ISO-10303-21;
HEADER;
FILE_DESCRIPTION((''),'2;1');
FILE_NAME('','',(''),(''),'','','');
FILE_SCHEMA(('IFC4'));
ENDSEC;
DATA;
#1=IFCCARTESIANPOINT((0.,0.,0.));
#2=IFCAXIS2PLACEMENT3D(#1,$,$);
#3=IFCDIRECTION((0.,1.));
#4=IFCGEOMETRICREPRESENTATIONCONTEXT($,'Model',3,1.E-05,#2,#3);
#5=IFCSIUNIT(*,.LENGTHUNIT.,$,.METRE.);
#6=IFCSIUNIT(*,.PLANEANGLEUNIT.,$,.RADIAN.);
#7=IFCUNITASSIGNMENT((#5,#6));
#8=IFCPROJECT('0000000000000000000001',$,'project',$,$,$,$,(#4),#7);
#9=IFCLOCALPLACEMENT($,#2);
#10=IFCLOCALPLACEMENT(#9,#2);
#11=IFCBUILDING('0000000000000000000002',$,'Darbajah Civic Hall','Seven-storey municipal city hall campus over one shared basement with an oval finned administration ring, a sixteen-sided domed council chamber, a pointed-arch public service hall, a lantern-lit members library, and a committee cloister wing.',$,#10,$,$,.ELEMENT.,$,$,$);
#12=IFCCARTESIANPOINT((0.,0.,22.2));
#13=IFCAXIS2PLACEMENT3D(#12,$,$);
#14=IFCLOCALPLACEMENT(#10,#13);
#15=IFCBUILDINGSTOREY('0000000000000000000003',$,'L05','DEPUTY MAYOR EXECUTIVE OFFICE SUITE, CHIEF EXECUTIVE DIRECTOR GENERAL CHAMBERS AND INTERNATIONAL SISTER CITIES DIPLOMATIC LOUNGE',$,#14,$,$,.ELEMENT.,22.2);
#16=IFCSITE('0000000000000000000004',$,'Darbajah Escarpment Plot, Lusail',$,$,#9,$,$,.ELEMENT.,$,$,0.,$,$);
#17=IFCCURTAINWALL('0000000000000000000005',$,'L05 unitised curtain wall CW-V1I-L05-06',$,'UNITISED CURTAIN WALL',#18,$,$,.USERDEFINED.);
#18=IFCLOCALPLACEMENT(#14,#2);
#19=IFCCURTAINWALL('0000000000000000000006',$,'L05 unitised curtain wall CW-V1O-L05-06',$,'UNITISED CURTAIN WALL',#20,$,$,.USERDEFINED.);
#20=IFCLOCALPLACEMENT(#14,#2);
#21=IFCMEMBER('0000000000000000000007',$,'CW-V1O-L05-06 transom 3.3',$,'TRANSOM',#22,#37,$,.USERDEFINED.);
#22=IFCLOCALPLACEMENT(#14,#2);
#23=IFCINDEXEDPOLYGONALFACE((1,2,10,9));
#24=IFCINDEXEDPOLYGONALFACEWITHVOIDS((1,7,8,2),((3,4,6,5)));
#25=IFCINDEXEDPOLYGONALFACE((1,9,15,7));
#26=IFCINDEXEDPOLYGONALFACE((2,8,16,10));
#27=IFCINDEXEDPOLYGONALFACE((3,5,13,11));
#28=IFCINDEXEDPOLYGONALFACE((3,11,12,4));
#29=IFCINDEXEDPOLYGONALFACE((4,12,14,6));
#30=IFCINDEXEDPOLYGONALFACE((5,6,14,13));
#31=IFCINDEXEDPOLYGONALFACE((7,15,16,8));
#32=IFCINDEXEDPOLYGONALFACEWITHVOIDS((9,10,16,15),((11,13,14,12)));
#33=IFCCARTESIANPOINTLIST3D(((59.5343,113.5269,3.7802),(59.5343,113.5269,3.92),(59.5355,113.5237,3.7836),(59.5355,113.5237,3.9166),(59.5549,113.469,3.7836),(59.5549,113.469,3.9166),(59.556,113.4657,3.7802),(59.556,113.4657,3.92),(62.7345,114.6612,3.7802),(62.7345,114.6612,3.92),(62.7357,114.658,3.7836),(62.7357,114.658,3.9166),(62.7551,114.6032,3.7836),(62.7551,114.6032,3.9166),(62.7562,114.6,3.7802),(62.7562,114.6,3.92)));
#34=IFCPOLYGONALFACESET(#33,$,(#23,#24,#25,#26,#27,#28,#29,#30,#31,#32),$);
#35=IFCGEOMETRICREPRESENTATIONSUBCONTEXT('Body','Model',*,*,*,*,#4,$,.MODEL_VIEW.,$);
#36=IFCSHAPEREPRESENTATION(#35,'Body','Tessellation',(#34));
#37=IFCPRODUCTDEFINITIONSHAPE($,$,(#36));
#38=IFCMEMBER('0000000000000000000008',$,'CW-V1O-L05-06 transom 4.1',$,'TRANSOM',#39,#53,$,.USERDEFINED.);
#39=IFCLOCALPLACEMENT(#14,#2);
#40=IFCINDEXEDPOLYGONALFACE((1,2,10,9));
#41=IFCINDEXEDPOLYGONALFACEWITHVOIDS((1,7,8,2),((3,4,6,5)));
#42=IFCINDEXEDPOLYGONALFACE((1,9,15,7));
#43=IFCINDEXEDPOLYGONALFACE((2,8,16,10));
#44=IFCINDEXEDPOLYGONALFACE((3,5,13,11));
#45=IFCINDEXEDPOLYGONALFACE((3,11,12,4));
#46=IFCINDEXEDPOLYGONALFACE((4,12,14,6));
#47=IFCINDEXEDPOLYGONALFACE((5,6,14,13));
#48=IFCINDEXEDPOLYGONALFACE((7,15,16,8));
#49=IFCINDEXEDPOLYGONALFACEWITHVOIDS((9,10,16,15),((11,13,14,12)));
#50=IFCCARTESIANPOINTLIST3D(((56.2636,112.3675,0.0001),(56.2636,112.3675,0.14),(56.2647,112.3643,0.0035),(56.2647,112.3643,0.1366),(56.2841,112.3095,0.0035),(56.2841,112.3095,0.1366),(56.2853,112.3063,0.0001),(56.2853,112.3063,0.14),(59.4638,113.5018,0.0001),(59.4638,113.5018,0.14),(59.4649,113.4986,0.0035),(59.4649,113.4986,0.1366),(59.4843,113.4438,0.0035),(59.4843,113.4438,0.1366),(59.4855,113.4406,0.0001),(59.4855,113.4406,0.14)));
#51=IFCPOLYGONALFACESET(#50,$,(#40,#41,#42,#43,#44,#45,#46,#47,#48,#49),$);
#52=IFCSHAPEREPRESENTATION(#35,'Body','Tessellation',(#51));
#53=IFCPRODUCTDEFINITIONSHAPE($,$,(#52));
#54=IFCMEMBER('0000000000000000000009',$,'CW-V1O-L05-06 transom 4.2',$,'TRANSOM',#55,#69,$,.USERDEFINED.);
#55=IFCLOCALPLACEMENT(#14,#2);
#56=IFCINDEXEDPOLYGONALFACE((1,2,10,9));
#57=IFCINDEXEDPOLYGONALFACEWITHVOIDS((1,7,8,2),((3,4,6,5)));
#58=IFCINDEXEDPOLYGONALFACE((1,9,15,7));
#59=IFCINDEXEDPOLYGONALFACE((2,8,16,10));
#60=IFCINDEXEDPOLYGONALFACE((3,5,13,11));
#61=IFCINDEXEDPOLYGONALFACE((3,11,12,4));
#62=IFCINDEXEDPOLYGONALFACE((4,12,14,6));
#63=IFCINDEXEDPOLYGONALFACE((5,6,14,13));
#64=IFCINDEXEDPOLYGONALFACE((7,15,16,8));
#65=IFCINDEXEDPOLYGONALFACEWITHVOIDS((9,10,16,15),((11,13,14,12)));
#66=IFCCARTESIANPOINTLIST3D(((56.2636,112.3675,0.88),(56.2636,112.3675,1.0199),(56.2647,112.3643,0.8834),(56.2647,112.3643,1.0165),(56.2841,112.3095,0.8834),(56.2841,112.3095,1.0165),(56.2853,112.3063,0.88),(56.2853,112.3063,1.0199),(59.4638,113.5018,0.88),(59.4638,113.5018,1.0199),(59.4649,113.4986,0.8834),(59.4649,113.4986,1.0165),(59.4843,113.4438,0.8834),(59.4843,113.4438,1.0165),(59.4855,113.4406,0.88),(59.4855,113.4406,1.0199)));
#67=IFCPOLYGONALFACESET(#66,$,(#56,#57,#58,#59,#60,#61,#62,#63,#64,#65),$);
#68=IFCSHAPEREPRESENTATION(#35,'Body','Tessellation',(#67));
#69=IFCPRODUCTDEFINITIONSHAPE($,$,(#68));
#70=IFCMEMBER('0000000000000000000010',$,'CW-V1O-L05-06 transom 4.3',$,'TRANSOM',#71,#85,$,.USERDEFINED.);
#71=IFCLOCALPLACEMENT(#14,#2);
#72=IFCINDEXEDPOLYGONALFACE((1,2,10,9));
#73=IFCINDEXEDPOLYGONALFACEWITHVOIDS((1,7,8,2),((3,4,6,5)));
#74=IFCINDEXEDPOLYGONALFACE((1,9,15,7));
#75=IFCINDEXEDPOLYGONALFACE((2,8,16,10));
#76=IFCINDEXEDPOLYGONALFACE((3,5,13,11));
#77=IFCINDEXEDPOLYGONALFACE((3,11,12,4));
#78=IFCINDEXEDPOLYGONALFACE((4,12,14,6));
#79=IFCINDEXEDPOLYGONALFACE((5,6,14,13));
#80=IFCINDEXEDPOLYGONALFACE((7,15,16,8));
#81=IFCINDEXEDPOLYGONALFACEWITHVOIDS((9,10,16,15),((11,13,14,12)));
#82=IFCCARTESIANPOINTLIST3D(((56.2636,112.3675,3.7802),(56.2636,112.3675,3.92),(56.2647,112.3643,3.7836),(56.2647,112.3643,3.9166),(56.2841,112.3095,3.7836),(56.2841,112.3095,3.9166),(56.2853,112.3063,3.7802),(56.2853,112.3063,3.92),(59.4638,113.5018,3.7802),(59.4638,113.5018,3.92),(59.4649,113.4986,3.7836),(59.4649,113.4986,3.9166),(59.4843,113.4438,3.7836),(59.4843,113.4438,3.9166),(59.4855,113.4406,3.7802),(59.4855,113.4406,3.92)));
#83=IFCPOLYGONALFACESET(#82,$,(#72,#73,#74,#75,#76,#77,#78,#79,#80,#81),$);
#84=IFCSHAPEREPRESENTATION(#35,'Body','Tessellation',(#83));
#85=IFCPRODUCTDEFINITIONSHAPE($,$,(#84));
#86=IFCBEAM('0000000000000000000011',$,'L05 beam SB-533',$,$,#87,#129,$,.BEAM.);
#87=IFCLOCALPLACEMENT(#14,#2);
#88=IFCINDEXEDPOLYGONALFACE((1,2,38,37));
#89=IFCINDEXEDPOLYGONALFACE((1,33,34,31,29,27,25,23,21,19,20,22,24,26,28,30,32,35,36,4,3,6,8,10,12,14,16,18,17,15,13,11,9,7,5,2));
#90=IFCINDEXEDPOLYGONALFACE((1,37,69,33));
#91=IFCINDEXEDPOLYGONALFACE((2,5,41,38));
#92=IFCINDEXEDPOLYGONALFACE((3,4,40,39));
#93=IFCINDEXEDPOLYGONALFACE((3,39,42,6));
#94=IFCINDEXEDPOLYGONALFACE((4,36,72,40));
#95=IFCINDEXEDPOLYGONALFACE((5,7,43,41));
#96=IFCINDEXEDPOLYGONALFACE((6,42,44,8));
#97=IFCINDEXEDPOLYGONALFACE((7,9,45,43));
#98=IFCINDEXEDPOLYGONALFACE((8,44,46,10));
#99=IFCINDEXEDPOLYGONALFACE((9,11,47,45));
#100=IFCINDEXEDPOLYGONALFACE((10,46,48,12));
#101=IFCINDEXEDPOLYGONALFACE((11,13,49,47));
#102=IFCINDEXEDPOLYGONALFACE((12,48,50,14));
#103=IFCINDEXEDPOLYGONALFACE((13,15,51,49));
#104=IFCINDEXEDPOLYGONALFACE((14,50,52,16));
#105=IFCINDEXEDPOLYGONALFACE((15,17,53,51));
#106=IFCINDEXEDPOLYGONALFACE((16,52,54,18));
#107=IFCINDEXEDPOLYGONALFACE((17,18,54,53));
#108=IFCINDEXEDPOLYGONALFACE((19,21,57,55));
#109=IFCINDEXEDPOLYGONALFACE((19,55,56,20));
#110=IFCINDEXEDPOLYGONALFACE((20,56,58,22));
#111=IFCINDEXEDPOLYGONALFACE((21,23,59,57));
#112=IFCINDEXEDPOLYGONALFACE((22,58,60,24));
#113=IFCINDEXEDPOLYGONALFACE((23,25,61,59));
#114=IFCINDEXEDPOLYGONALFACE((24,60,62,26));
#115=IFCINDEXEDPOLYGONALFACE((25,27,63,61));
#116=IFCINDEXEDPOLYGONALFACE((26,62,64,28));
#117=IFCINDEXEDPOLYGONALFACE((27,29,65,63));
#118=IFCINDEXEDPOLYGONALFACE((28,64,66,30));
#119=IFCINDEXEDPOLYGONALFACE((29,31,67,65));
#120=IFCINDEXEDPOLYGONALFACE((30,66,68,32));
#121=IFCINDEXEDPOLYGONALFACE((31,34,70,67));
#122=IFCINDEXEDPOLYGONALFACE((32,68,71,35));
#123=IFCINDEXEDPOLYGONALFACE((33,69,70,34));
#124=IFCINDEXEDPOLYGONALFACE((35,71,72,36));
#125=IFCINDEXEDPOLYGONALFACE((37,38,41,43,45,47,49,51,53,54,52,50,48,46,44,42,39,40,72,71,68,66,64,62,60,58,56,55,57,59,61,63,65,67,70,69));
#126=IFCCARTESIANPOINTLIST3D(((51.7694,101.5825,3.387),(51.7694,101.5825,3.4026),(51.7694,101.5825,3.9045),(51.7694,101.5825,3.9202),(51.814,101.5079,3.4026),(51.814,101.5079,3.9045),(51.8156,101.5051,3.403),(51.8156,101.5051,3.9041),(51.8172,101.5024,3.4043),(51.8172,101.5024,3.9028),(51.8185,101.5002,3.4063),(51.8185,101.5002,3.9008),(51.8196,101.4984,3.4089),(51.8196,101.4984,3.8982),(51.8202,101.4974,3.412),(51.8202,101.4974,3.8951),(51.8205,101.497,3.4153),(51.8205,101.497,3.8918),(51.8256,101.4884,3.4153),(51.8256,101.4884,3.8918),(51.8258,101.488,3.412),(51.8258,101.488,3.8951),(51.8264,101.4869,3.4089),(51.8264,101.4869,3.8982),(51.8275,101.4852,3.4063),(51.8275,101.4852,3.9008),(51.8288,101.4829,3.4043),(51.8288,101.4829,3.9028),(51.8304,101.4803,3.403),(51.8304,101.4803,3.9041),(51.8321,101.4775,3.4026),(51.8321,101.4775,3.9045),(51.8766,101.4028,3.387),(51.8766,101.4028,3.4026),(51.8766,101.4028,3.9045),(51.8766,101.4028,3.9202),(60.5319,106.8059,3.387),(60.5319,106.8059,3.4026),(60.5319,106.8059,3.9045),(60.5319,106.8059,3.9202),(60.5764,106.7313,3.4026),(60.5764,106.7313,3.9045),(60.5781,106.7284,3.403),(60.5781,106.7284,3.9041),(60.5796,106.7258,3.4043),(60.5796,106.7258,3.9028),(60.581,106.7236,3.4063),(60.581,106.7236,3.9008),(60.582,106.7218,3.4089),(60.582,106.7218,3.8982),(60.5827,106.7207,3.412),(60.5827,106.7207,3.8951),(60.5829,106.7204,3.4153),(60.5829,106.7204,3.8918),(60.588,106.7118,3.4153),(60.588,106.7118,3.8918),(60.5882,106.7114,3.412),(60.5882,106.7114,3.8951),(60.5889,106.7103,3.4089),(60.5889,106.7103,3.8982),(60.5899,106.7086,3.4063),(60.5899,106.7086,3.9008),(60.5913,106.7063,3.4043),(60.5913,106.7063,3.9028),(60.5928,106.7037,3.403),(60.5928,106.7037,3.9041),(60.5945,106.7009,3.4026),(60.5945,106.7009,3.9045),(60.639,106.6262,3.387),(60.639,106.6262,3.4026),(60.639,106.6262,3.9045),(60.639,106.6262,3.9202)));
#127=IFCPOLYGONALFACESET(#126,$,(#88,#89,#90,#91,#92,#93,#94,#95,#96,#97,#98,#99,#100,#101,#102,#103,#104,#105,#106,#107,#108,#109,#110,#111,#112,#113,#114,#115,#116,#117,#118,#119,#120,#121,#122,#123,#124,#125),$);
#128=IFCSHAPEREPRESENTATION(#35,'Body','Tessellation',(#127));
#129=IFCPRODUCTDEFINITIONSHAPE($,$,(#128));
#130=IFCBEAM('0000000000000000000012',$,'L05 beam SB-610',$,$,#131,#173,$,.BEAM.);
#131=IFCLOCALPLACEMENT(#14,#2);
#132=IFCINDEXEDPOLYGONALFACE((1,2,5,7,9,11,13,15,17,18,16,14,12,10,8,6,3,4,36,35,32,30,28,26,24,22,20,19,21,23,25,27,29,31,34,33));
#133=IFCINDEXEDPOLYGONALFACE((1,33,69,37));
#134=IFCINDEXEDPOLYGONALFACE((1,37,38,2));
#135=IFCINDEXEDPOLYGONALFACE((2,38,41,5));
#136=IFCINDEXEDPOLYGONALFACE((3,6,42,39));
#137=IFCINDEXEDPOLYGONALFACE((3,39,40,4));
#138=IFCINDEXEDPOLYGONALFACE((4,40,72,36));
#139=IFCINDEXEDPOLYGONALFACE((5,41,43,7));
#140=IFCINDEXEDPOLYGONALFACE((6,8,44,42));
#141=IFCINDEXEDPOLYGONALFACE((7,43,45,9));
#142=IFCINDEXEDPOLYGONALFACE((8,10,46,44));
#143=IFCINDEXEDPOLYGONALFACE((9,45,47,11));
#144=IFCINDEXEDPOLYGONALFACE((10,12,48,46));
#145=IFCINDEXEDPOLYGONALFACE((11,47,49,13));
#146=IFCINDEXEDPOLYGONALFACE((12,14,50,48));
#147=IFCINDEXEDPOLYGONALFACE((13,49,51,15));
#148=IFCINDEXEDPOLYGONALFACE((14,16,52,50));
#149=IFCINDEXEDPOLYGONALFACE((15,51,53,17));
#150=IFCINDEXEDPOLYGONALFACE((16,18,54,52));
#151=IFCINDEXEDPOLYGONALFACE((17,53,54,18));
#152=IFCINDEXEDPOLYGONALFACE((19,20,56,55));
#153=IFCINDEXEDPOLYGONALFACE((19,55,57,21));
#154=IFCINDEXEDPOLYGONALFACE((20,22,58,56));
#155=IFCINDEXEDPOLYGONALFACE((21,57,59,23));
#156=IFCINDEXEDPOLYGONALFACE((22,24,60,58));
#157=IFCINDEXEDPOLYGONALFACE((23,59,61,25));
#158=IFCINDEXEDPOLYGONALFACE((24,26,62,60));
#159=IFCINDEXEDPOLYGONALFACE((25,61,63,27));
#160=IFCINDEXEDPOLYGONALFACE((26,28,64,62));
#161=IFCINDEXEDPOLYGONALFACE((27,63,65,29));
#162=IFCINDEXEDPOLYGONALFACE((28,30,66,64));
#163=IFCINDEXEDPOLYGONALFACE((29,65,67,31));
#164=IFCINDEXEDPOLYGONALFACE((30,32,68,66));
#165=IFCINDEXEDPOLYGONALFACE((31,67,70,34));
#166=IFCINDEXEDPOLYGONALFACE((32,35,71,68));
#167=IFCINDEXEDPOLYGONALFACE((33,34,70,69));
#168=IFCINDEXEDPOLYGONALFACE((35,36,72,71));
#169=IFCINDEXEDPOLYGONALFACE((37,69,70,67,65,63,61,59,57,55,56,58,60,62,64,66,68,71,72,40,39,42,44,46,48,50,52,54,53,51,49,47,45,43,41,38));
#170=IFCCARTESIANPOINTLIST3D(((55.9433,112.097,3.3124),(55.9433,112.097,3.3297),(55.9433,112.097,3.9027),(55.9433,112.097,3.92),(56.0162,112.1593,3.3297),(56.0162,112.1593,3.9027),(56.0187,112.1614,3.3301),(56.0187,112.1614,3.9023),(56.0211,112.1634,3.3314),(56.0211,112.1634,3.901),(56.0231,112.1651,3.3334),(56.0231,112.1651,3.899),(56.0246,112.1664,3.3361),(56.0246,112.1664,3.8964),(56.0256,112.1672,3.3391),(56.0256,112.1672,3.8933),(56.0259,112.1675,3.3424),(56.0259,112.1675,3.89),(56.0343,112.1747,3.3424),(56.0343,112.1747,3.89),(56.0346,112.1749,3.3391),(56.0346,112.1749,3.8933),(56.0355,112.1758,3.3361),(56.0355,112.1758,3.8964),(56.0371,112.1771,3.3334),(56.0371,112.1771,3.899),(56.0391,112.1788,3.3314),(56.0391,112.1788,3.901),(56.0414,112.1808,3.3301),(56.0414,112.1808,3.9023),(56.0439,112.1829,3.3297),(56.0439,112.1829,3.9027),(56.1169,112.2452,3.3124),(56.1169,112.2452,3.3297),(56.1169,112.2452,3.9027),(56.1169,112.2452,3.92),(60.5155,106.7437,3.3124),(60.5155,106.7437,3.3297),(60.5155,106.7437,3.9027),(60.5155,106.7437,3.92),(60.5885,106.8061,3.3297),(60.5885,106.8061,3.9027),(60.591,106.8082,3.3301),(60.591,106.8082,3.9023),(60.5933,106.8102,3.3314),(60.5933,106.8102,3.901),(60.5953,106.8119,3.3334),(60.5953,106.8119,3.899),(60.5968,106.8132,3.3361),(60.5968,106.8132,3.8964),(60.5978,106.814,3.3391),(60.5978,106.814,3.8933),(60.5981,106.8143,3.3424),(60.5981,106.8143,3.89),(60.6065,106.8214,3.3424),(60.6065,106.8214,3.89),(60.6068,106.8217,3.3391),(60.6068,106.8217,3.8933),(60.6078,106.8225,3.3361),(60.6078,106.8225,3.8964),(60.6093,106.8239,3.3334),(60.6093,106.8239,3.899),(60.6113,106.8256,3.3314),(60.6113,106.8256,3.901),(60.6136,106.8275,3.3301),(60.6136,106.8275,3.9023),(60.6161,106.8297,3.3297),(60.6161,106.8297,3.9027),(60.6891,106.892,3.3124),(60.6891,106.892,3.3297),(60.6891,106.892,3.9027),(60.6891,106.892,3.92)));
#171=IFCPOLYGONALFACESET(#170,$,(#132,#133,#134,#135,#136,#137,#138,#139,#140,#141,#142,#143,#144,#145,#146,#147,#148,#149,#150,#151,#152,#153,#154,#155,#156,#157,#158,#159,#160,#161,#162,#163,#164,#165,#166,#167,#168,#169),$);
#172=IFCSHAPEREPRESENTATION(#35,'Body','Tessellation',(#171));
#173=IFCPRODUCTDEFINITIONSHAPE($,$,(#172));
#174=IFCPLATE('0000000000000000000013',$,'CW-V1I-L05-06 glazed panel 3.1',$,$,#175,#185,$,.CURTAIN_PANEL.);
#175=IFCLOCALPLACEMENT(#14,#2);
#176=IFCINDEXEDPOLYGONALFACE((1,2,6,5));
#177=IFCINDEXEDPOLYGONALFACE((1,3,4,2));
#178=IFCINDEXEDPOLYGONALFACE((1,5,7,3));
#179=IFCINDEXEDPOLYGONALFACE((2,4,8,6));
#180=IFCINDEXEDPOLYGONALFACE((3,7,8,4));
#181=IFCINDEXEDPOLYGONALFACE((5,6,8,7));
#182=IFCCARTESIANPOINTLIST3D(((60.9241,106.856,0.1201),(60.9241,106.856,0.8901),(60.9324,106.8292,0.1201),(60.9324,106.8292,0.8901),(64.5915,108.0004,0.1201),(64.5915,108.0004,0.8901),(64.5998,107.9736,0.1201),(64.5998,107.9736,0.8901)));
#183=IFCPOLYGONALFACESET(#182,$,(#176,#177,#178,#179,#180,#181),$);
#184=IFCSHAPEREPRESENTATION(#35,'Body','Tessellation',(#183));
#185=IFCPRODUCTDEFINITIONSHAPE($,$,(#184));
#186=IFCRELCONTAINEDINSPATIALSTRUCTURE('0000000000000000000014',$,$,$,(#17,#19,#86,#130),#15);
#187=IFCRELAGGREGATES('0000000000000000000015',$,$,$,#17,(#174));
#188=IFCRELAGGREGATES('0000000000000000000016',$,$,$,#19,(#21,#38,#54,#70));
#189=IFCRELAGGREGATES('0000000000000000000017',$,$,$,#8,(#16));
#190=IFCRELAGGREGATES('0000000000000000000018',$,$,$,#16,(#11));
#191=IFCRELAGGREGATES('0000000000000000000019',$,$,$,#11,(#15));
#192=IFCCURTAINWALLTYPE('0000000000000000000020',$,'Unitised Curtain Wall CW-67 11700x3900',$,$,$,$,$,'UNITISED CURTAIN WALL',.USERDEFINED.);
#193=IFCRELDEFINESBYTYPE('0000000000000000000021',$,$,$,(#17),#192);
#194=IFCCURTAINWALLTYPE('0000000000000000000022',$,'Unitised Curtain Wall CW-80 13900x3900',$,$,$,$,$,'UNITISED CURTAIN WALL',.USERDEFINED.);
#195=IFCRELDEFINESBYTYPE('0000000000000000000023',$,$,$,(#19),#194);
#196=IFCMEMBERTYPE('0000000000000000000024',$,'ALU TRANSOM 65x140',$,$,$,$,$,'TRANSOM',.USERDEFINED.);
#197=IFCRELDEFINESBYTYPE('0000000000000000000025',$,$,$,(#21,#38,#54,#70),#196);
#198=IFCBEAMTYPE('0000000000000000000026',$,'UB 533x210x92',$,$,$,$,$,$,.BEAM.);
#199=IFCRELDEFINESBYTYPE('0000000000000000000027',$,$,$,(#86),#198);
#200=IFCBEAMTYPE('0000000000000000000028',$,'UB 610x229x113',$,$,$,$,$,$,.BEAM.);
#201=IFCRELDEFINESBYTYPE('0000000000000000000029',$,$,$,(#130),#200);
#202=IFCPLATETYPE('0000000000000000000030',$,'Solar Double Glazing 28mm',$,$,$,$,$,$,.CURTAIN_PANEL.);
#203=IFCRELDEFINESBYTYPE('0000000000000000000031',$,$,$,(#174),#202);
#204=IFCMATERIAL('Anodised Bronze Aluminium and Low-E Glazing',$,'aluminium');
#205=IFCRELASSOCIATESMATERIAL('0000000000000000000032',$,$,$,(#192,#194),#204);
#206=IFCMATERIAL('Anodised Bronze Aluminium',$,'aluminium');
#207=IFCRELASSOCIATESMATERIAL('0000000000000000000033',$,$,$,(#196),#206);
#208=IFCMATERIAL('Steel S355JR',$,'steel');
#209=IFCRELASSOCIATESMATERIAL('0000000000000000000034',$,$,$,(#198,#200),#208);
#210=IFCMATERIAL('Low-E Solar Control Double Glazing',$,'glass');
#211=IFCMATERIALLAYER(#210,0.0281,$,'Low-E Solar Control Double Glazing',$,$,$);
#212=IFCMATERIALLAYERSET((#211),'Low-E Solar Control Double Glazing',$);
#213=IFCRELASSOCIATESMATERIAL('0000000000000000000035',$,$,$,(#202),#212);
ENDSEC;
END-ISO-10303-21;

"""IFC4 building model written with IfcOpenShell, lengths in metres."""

from ifc_helpers import new_model, si_unit, direction, frame, origin, origin_2d, place, context, subcontext, project, spatial, rectangle, hollow_rectangle, i_section, extrude, material, layer, layer_set, material_profile, profile_set, type_object, element, aggregate, save


model = new_model("IFC4")

# Units and contexts
model_context = context("Model", 3, precision=1e-05, world=origin(), true_north=direction((0.0, 1.0)))
body_context = subcontext(model_context, "Body", "Model", "MODEL_VIEW")
ifc_project = project(units=[si_unit("LENGTHUNIT", "METRE"), si_unit("PLANEANGLEUNIT", "RADIAN")], contexts=[model_context])

# Site, building, storey
site_placement = place(None, origin())
site = spatial("IfcSite", under=ifc_project, at=site_placement, Name="Darbajah Escarpment Plot, Lusail", CompositionType="ELEMENT", RefElevation=0.0)
building_placement = place(site_placement, origin())
building = spatial("IfcBuilding", under=site, at=building_placement, Name="Darbajah Civic Hall", Description="Seven-storey municipal city hall campus over one shared basement with an oval finned administration ring, a sixteen-sided domed council chamber, a pointed-arch public service hall, a lantern-lit members library, and a committee cloister wing.", CompositionType="ELEMENT")
storey_placement = place(building_placement, frame((0.0, 0.0, 22.2)))
storey = spatial("IfcBuildingStorey", under=building, at=storey_placement, Name="L05", Description="DEPUTY MAYOR EXECUTIVE OFFICE SUITE, CHIEF EXECUTIVE DIRECTOR GENERAL CHAMBERS AND INTERNATIONAL SISTER CITIES DIPLOMATIC LOUNGE", CompositionType="ELEMENT", Elevation=22.2)

# Curtain walls
ifc_material_1 = material(Name="Anodised Bronze Aluminium and Low-E Glazing", Category="aluminium")
curtain_wall_type_1 = type_object("IfcCurtainWallType", Name="Unitised Curtain Wall CW-67 11700x3900", ElementType="UNITISED CURTAIN WALL", PredefinedType="USERDEFINED", material=ifc_material_1)
curtain_wall_1_placement = place(storey_placement, origin())
curtain_wall_1 = element("IfcCurtainWall", 1, at=curtain_wall_1_placement, inside=storey, type_object=curtain_wall_type_1, Name="L05 unitised curtain wall CW-V1I-L05-06", ObjectType="UNITISED CURTAIN WALL", PredefinedType="USERDEFINED")
ifc_material_2 = material(Name="Anodised Bronze Aluminium", Category="aluminium")
curtain_wall_type_2 = type_object("IfcCurtainWallType", Name="Unitised Curtain Wall CW-80 13900x3900", ElementType="UNITISED CURTAIN WALL", PredefinedType="USERDEFINED", material=ifc_material_1)
curtain_wall_2_placement = place(storey_placement, origin())
curtain_wall_2 = element("IfcCurtainWall", 2, at=curtain_wall_2_placement, inside=storey, type_object=curtain_wall_type_2, Name="L05 unitised curtain wall CW-V1O-L05-06", ObjectType="UNITISED CURTAIN WALL", PredefinedType="USERDEFINED")

# Members
ifc_material_profile_1 = material_profile(ifc_material_2, hollow_rectangle(XDim=0.0649, YDim=0.1399, WallThickness=0.0034, at=origin_2d()), Name="ALU TRANSOM 65x140")
ifc_profile_set_1 = profile_set([ifc_material_profile_1], Name="Anodised Bronze Aluminium")
member_type_1 = type_object("IfcMemberType", Name="ALU TRANSOM 65x140", ElementType="TRANSOM", PredefinedType="USERDEFINED", material=ifc_profile_set_1)
member_1_placement = place(storey_placement, frame((62.7454, 114.6306, 3.8501), z_axis=(-0.942546, -0.334076, 0.0), x_axis=(0.334076, -0.942546, 0.0)))
member_1 = element("IfcMember", 3, at=member_1_placement, type_object=member_type_1, Name="CW-V1O-L05-06 transom 3.3", ObjectType="TRANSOM", PredefinedType="USERDEFINED", context=body_context, shape_type="SweptSolid", body=[
    extrude(hollow_rectangle(XDim=0.0649, YDim=0.1399, WallThickness=0.0034, at=origin_2d()), origin(), (0.0, 0.0, 1.0), 3.3953),
])
member_2_placement = place(storey_placement, frame((59.4746, 113.4712, 0.0701), z_axis=(-0.942546, -0.334076, 0.0), x_axis=(0.334076, -0.942546, 0.0)))
member_2 = element("IfcMember", 4, at=member_2_placement, type_object=member_type_1, Name="CW-V1O-L05-06 transom 4.1", ObjectType="TRANSOM", PredefinedType="USERDEFINED", context=body_context, shape_type="SweptSolid", body=[
    extrude(hollow_rectangle(XDim=0.0649, YDim=0.1399, WallThickness=0.0034, at=origin_2d()), origin(), (0.0, 0.0, 1.0), 3.3953),
])
member_3_placement = place(storey_placement, frame((59.4746, 113.4712, 0.95), z_axis=(-0.942546, -0.334076, 0.0), x_axis=(0.334076, -0.942546, 0.0)))
member_3 = element("IfcMember", 5, at=member_3_placement, type_object=member_type_1, Name="CW-V1O-L05-06 transom 4.2", ObjectType="TRANSOM", PredefinedType="USERDEFINED", context=body_context, shape_type="SweptSolid", body=[
    extrude(hollow_rectangle(XDim=0.0649, YDim=0.1399, WallThickness=0.0034, at=origin_2d()), origin(), (0.0, 0.0, 1.0), 3.3953),
])
member_4_placement = place(storey_placement, frame((59.4746, 113.4712, 3.8501), z_axis=(-0.942546, -0.334076, 0.0), x_axis=(0.334076, -0.942546, 0.0)))
member_4 = element("IfcMember", 6, at=member_4_placement, type_object=member_type_1, Name="CW-V1O-L05-06 transom 4.3", ObjectType="TRANSOM", PredefinedType="USERDEFINED", context=body_context, shape_type="SweptSolid", body=[
    extrude(hollow_rectangle(XDim=0.0649, YDim=0.1399, WallThickness=0.0034, at=origin_2d()), origin(), (0.0, 0.0, 1.0), 3.3953),
])

# Beams
ifc_material_3 = material(Name="Steel S355JR", Category="steel")
ifc_material_profile_2 = material_profile(ifc_material_3, i_section(OverallWidth=0.2092, OverallDepth=0.5332, WebThickness=0.01, FlangeThickness=0.0156, FilletRadius=0.0127, at=origin_2d()), Name="UB 533x210x92")
ifc_profile_set_2 = profile_set([ifc_material_profile_2], Name="Steel S355JR")
beam_type_1 = type_object("IfcBeamType", Name="UB 533x210x92", PredefinedType="BEAM", material=ifc_profile_set_2)
beam_1_placement = place(storey_placement, frame((60.5854, 106.7161, 3.6536), z_axis=(-0.858963, -0.512037, 0.0), x_axis=(0.512037, -0.858963, 0.0)))
element("IfcBeam", 7, at=beam_1_placement, inside=storey, type_object=beam_type_1, Name="L05 beam SB-533", PredefinedType="BEAM", context=body_context, shape_type="SweptSolid", body=[
    extrude(i_section(OverallWidth=0.2092, OverallDepth=0.5332, WebThickness=0.01, FlangeThickness=0.0156, FilletRadius=0.0127, at=origin_2d()), origin(), (0.0, 0.0, 1.0), 10.2012),
])
ifc_material_profile_3 = material_profile(ifc_material_3, i_section(OverallWidth=0.2283, OverallDepth=0.6077, WebThickness=0.011, FlangeThickness=0.0173, FilletRadius=0.0127, at=origin_2d()), Name="UB 610x229x113")
ifc_profile_set_3 = profile_set([ifc_material_profile_3], Name="Steel S355JR")
beam_type_2 = type_object("IfcBeamType", Name="UB 610x229x113", PredefinedType="BEAM", material=ifc_profile_set_3)
beam_2_placement = place(storey_placement, frame((60.6023, 106.8179, 3.6162), z_axis=(-0.64946, 0.760396, 0.0), x_axis=(-0.760396, -0.64946, 0.0)))
element("IfcBeam", 8, at=beam_2_placement, inside=storey, type_object=beam_type_2, Name="L05 beam SB-610", PredefinedType="BEAM", context=body_context, shape_type="SweptSolid", body=[
    extrude(i_section(OverallWidth=0.2283, OverallDepth=0.6077, WebThickness=0.011, FlangeThickness=0.0173, FilletRadius=0.0127, at=origin_2d()), origin(), (0.0, 0.0, 1.0), 7.04),
])

# Plate
ifc_material_4 = material(Name="Low-E Solar Control Double Glazing", Category="glass")
ifc_layer_1 = layer(ifc_material_4, 0.0281, Name="Low-E Solar Control Double Glazing")
ifc_layer_set_1 = layer_set([ifc_layer_1], Name="Low-E Solar Control Double Glazing")
plate_type_1 = type_object("IfcPlateType", Name="Solar Double Glazing 28mm", PredefinedType="CURTAIN_PANEL", material=ifc_layer_set_1)
plate_1_placement = place(storey_placement, frame((62.762, 107.4148, 0.1201), z_axis=(0.0, 0.0, 1.0), x_axis=(-0.954605, -0.297875, 0.0)))
plate_1 = element("IfcPlate", 9, at=plate_1_placement, type_object=plate_type_1, Name="CW-V1I-L05-06 glazed panel 3.1", PredefinedType="CURTAIN_PANEL", context=body_context, shape_type="SweptSolid", body=[
    extrude(rectangle(XDim=3.8418, YDim=0.0281, at=origin_2d()), origin(), (0.0, 0.0, 1.0), 0.77),
])
aggregate(curtain_wall_1, [plate_1])
aggregate(curtain_wall_2, [member_1, member_2, member_3, member_4])

save(model, "model.ifc")
